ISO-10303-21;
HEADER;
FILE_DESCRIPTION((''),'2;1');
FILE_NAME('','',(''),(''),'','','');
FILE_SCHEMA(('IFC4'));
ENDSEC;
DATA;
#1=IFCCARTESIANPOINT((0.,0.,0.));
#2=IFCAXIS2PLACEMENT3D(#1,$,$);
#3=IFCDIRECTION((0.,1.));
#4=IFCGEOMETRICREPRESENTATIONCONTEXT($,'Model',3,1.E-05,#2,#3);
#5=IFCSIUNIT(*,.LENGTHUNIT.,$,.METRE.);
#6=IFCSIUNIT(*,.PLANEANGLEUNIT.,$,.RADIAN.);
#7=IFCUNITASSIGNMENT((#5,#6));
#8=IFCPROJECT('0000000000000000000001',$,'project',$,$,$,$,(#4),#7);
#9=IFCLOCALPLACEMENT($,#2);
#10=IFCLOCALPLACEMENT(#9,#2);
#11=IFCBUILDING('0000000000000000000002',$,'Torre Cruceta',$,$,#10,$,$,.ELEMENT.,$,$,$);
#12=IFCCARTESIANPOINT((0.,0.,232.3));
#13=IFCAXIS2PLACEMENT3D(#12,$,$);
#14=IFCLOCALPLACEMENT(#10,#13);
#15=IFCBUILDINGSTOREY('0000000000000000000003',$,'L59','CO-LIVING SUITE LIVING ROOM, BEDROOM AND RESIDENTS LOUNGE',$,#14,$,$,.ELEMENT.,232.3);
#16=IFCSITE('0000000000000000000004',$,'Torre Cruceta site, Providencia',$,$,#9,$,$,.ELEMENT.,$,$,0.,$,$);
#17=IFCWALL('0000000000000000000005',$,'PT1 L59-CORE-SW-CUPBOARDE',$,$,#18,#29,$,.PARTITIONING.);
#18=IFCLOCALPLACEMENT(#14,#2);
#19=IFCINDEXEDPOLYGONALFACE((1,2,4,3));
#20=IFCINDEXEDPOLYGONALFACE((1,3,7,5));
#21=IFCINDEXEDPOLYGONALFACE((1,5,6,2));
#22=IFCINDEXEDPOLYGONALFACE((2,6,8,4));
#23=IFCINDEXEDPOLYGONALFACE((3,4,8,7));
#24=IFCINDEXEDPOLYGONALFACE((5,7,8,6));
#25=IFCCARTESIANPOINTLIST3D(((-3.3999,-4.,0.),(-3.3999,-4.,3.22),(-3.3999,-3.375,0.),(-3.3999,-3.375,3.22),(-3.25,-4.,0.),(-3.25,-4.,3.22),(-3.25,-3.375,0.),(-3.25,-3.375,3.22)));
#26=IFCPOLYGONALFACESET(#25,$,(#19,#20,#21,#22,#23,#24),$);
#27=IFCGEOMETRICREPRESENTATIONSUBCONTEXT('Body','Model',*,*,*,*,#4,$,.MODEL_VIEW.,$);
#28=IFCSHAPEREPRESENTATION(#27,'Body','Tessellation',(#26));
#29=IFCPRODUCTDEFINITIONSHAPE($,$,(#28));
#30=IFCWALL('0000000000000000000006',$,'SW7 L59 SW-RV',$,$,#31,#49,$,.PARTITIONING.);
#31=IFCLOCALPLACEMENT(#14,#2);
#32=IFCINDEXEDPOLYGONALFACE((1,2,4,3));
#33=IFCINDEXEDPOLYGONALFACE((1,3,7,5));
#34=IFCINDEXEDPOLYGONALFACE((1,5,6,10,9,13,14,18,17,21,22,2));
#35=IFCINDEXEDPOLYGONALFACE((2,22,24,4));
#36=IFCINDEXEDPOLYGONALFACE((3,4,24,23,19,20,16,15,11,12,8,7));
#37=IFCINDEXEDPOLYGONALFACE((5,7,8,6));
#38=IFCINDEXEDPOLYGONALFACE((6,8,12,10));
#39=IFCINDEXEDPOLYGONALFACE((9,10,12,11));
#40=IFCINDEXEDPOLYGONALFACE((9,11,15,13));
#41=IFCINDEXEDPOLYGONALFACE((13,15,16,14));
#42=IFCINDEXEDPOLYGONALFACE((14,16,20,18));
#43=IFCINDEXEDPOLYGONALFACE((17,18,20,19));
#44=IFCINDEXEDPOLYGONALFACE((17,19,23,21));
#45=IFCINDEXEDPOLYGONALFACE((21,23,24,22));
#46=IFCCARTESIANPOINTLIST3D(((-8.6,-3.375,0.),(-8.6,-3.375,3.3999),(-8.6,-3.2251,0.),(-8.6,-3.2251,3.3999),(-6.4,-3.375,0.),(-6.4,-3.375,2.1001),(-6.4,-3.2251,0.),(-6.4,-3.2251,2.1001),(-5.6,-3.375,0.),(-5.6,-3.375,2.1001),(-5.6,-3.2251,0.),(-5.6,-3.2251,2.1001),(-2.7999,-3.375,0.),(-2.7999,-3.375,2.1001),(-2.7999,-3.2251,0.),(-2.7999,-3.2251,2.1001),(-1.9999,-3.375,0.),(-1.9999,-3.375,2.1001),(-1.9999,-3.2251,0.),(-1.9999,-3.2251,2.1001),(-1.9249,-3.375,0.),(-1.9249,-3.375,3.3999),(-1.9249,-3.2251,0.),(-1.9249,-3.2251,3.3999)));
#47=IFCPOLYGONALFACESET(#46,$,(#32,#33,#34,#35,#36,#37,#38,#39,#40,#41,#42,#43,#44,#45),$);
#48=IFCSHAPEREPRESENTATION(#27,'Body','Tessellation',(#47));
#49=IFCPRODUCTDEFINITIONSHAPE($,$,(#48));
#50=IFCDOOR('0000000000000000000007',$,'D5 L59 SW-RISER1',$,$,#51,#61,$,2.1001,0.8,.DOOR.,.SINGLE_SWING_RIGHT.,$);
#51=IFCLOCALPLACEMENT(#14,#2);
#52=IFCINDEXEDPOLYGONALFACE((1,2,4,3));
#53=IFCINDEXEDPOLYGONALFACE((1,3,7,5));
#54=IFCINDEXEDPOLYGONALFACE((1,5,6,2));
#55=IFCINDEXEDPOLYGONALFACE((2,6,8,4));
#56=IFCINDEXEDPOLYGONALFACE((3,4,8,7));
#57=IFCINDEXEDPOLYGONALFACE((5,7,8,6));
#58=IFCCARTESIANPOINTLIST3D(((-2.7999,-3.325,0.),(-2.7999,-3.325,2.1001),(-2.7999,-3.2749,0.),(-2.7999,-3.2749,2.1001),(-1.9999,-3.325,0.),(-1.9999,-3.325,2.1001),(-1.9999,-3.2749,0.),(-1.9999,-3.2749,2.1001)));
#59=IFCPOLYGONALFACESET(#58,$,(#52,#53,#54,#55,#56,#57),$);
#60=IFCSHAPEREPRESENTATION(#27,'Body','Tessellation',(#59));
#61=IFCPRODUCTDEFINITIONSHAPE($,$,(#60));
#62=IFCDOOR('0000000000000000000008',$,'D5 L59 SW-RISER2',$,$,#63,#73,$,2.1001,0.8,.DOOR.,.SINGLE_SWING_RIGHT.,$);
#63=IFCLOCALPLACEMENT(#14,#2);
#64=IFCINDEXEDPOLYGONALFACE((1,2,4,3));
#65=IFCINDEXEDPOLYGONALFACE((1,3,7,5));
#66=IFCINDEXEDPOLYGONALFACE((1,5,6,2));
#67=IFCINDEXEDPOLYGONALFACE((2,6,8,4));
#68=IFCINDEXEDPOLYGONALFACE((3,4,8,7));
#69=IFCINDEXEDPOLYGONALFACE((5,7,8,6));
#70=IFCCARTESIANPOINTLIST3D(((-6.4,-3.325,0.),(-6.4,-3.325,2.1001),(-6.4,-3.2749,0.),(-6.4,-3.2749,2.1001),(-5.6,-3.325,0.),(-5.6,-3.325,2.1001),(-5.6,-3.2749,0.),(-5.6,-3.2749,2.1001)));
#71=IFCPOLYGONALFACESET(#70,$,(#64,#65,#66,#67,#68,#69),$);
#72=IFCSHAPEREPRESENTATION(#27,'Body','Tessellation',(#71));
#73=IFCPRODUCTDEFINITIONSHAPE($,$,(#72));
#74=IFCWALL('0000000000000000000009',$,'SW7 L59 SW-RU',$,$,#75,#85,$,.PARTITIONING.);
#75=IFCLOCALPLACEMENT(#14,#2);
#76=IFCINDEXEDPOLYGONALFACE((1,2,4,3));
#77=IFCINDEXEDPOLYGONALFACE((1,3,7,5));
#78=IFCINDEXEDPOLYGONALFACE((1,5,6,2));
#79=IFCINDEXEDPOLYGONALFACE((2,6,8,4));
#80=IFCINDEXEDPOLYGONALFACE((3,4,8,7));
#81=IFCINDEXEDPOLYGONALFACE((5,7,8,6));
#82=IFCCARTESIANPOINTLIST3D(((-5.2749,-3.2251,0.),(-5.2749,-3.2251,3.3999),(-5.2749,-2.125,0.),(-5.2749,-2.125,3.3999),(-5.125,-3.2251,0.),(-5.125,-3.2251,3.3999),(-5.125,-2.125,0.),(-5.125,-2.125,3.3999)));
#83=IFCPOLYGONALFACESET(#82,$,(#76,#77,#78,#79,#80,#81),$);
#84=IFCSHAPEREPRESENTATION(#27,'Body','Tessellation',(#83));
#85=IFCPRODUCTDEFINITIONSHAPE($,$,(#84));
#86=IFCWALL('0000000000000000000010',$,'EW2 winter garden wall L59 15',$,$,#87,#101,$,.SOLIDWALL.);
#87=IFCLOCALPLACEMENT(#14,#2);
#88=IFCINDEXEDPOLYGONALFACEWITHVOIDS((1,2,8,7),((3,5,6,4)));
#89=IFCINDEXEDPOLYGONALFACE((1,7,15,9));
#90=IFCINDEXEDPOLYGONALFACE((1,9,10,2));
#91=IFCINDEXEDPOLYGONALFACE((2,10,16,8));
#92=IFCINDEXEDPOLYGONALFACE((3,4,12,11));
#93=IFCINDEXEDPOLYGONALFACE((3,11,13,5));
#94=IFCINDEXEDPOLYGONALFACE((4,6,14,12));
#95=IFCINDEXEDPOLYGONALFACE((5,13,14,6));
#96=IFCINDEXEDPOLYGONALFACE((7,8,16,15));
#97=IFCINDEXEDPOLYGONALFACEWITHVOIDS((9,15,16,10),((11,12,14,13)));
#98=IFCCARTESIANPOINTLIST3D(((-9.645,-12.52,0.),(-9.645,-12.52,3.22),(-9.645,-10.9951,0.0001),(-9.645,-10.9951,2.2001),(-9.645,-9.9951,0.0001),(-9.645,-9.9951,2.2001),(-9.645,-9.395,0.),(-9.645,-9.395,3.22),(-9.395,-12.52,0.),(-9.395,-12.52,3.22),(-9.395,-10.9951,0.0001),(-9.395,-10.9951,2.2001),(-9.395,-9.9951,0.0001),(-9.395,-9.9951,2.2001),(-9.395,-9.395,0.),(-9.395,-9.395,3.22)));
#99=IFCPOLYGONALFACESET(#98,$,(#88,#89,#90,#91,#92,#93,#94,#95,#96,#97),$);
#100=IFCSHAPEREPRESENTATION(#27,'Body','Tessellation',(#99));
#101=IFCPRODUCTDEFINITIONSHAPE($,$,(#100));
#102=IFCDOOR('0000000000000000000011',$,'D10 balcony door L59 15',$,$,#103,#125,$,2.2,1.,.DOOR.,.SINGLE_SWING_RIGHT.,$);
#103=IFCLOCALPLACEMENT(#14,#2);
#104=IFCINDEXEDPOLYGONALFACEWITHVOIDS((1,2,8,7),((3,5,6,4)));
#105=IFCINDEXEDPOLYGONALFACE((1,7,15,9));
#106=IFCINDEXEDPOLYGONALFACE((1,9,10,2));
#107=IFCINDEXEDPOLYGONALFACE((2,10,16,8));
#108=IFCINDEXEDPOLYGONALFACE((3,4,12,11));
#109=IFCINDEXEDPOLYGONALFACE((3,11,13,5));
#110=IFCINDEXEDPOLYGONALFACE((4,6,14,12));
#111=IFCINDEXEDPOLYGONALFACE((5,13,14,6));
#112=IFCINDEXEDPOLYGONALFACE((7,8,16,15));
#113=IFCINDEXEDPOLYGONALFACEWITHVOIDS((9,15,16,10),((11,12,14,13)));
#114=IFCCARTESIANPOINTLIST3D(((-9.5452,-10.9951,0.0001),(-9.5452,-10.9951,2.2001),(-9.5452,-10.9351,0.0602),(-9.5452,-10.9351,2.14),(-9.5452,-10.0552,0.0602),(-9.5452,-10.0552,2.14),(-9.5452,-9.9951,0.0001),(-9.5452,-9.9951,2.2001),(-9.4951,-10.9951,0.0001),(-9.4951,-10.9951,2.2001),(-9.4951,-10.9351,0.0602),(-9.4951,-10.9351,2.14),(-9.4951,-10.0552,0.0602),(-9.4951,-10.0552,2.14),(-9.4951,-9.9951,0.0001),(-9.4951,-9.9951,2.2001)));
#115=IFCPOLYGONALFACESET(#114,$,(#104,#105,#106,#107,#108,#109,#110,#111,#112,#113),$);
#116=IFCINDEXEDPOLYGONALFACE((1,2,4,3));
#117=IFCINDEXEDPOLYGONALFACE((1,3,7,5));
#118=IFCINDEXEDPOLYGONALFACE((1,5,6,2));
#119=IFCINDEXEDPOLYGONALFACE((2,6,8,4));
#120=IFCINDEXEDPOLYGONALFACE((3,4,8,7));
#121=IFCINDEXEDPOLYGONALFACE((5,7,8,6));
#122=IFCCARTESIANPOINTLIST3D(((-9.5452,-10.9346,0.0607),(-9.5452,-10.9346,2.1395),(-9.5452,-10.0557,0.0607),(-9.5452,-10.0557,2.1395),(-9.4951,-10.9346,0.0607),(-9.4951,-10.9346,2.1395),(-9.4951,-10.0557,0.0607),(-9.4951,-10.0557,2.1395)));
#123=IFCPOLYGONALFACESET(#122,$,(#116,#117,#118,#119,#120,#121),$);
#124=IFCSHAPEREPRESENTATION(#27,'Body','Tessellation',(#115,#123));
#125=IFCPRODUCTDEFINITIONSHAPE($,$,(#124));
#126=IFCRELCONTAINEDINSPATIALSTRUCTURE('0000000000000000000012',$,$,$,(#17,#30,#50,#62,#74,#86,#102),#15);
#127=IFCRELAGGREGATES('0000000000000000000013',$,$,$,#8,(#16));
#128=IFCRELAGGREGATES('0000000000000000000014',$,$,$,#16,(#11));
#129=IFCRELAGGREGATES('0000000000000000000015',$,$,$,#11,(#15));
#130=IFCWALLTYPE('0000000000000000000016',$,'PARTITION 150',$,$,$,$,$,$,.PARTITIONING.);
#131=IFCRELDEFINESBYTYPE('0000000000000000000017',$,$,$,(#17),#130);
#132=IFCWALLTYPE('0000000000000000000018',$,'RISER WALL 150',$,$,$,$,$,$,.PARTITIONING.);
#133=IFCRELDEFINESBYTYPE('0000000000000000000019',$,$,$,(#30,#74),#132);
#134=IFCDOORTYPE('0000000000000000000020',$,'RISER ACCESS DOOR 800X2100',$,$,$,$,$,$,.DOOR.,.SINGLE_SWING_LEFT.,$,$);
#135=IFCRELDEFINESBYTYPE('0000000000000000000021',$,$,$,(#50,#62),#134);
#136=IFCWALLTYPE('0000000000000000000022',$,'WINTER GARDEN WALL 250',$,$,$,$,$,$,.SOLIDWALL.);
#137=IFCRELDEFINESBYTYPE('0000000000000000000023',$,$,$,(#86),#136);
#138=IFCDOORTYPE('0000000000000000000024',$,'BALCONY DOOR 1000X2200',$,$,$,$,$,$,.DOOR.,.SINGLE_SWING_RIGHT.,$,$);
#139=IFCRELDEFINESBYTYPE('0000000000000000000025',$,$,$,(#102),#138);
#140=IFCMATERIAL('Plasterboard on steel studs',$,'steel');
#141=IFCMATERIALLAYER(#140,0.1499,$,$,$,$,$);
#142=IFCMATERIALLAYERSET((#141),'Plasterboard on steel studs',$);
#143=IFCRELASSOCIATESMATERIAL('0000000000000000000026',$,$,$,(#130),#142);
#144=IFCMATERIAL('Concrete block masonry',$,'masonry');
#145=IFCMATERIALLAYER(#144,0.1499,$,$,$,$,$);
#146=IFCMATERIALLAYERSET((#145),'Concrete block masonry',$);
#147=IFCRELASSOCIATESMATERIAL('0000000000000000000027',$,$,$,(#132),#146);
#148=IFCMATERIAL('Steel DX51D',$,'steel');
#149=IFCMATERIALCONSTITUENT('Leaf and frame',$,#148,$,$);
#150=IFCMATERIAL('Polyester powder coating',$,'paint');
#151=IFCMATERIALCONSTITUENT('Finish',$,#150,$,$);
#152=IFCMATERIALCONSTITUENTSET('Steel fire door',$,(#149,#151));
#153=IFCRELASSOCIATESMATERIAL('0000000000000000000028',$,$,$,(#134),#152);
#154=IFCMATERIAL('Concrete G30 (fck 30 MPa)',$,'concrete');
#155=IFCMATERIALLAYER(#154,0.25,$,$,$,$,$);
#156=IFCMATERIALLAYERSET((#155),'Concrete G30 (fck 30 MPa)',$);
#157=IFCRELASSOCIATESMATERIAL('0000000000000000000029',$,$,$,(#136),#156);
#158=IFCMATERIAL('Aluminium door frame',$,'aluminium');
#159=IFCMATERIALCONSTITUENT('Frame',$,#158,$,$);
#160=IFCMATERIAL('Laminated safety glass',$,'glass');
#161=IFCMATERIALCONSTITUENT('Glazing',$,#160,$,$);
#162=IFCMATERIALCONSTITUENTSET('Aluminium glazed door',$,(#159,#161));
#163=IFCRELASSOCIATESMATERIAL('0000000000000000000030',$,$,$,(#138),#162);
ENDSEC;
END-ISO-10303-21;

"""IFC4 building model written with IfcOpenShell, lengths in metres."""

from ifc_helpers import new_model, si_unit, direction, frame, frame_2d, origin, place, context, subcontext, project, spatial, rectangle, hollow_rectangle, extrude, material, layer, layer_set, constituent, constituent_set, type_object, element, fill, save


model = new_model("IFC4")

# Units and contexts
model_context = context("Model", 3, precision=1e-05, world=origin(), true_north=direction((0.0, 1.0)))
body_context = subcontext(model_context, "Body", "Model", "MODEL_VIEW")
ifc_project = project(units=[si_unit("LENGTHUNIT", "METRE"), si_unit("PLANEANGLEUNIT", "RADIAN")], contexts=[model_context])

# Site, building, storey
site_placement = place(None, origin())
site = spatial("IfcSite", under=ifc_project, at=site_placement, Name="Torre Cruceta site, Providencia", CompositionType="ELEMENT", RefElevation=0.0)
building_placement = place(site_placement, origin())
building = spatial("IfcBuilding", under=site, at=building_placement, Name="Torre Cruceta", CompositionType="ELEMENT")
storey_placement = place(building_placement, frame((0.0, 0.0, 232.3)))
storey = spatial("IfcBuildingStorey", under=building, at=storey_placement, Name="L59", Description="CO-LIVING SUITE LIVING ROOM, BEDROOM AND RESIDENTS LOUNGE", CompositionType="ELEMENT", Elevation=232.3)

# Shared definitions
ifc_material_1 = material(Name="Plasterboard on steel studs", Category="steel")
ifc_layer_1 = layer(ifc_material_1, 0.1499)
ifc_layer_set_1 = layer_set([ifc_layer_1], Name="Plasterboard on steel studs")
wall_type_1 = type_object("IfcWallType", Name="PARTITION 150", PredefinedType="PARTITIONING", material=ifc_layer_set_1)

# Wall
wall_1_placement = place(storey_placement, frame((-3.325, -3.375, 0.0), z_axis=(0.0, 0.0, 1.0), x_axis=(0.0, -1.0, 0.0)))
element("IfcWall", 1, at=wall_1_placement, inside=storey, type_object=wall_type_1, Name="PT1 L59-CORE-SW-CUPBOARDE", PredefinedType="PARTITIONING", context=body_context, shape_type="SweptSolid", body=[
    extrude(rectangle(XDim=0.625, YDim=0.1499, at=frame_2d((0.3125, 0.0))), origin(), (0.0, 0.0, 1.0), 3.22),
])

# Wall, openings, doors
ifc_material_2 = material(Name="Concrete block masonry", Category="masonry")
ifc_layer_2 = layer(ifc_material_2, 0.1499)
ifc_layer_set_2 = layer_set([ifc_layer_2], Name="Concrete block masonry")
wall_type_2 = type_object("IfcWallType", Name="RISER WALL 150", PredefinedType="PARTITIONING", material=ifc_layer_set_2)
wall_2_placement = place(storey_placement, frame((-1.925, -3.3, 0.0), z_axis=(0.0, 0.0, 1.0), x_axis=(-1.0, 0.0, 0.0)))
wall_2 = element("IfcWall", 2, at=wall_2_placement, inside=storey, type_object=wall_type_2, Name="SW7 L59 SW-RV", PredefinedType="PARTITIONING", context=body_context, shape_type="SweptSolid", body=[
    extrude(rectangle(XDim=6.675, YDim=0.1499, at=frame_2d((3.3374, 0.0))), origin(), (0.0, 0.0, 1.0), 3.3999),
])
opening_1_placement = place(wall_2_placement, frame((0.075, 0.0, 0.0)))
opening_1 = element("IfcOpeningElement", 3, at=opening_1_placement, cuts=wall_2, PredefinedType="OPENING", context=body_context, shape_type="SweptSolid", body=[
    extrude(rectangle(XDim=0.8, YDim=2.1001, at=frame_2d((0.3999, 1.05))), frame((0.0, 0.085, 0.0), z_axis=(0.0, -1.0, 0.0), x_axis=(1.0, 0.0, 0.0)), (0.0, 0.0, 1.0), 0.1699),
])
opening_2_placement = place(wall_2_placement, frame((3.675, 0.0, 0.0)))
opening_2 = element("IfcOpeningElement", 4, at=opening_2_placement, cuts=wall_2, PredefinedType="OPENING", context=body_context, shape_type="SweptSolid", body=[
    extrude(rectangle(XDim=0.8, YDim=2.1001, at=frame_2d((0.3999, 1.05))), frame((0.0, 0.085, 0.0), z_axis=(0.0, -1.0, 0.0), x_axis=(1.0, 0.0, 0.0)), (0.0, 0.0, 1.0), 0.1699),
])
ifc_material_3 = material(Name="Steel DX51D", Category="steel")
ifc_constituent_1 = constituent(ifc_material_3, Name="Leaf and frame")
ifc_material_4 = material(Name="Polyester powder coating", Category="paint")
ifc_constituent_2 = constituent(ifc_material_4, Name="Finish")
ifc_constituent_set_1 = constituent_set(constituents=[ifc_constituent_1, ifc_constituent_2], Name="Steel fire door")
door_type_1 = type_object("IfcDoorType", Name="RISER ACCESS DOOR 800X2100", OperationType="SINGLE_SWING_LEFT", PredefinedType="DOOR", material=ifc_constituent_set_1)
door_1_placement = place(opening_1_placement, frame((0.8, 0.0, 0.0), z_axis=(0.0, 0.0, 1.0), x_axis=(-1.0, 0.0, 0.0)))
door_1 = element("IfcDoor", 5, at=door_1_placement, inside=storey, type_object=door_type_1, Name="D5 L59 SW-RISER1", OperationType="SINGLE_SWING_RIGHT", OverallHeight=2.1001, OverallWidth=0.8, PredefinedType="DOOR", context=body_context, shape_type="SweptSolid", body=[
    extrude(rectangle(XDim=0.8, YDim=2.1001, at=frame_2d((0.4001, 1.05))), frame((0.0, 0.0251, 0.0), z_axis=(0.0, -1.0, 0.0), x_axis=(1.0, 0.0, 0.0)), (0.0, 0.0, 1.0), 0.05),
])
fill(opening_1, door_1)
door_2_placement = place(opening_2_placement, frame((0.8, 0.0, 0.0), z_axis=(0.0, 0.0, 1.0), x_axis=(-1.0, 0.0, 0.0)))
door_2 = element("IfcDoor", 6, at=door_2_placement, inside=storey, type_object=door_type_1, Name="D5 L59 SW-RISER2", OperationType="SINGLE_SWING_RIGHT", OverallHeight=2.1001, OverallWidth=0.8, PredefinedType="DOOR", context=body_context, shape_type="SweptSolid", body=[
    extrude(rectangle(XDim=0.8, YDim=2.1001, at=frame_2d((0.4001, 1.05))), frame((0.0, 0.0251, 0.0), z_axis=(0.0, -1.0, 0.0), x_axis=(1.0, 0.0, 0.0)), (0.0, 0.0, 1.0), 0.05),
])
fill(opening_2, door_2)

# Wall
wall_3_placement = place(storey_placement, frame((-5.2, -2.125, 0.0), z_axis=(0.0, 0.0, 1.0), x_axis=(0.0, -1.0, 0.0)))
element("IfcWall", 7, at=wall_3_placement, inside=storey, type_object=wall_type_2, Name="SW7 L59 SW-RU", PredefinedType="PARTITIONING", context=body_context, shape_type="SweptSolid", body=[
    extrude(rectangle(XDim=1.1001, YDim=0.1499, at=frame_2d((0.55, 0.0))), origin(), (0.0, 0.0, 1.0), 3.3999),
])

# Wall, opening, door
ifc_material_5 = material(Name="Concrete G30 (fck 30 MPa)", Category="concrete")
ifc_layer_3 = layer(ifc_material_5, 0.25)
ifc_layer_set_3 = layer_set([ifc_layer_3], Name="Concrete G30 (fck 30 MPa)")
wall_type_3 = type_object("IfcWallType", Name="WINTER GARDEN WALL 250", PredefinedType="SOLIDWALL", material=ifc_layer_set_3)
wall_4_placement = place(storey_placement, frame((-9.52, -9.395, 0.0), z_axis=(0.0, 0.0, 1.0), x_axis=(0.0, -1.0, 0.0)))
wall_4 = element("IfcWall", 8, at=wall_4_placement, inside=storey, type_object=wall_type_3, Name="EW2 winter garden wall L59 15", PredefinedType="SOLIDWALL", context=body_context, shape_type="SweptSolid", body=[
    extrude(rectangle(XDim=3.125, YDim=0.25, at=frame_2d((1.5625, 0.0))), origin(), (0.0, 0.0, 1.0), 3.22),
])
opening_3_placement = place(wall_4_placement, frame((0.6001, 0.0, 0.0)))
opening_3 = element("IfcOpeningElement", 9, at=opening_3_placement, cuts=wall_4, PredefinedType="OPENING", context=body_context, shape_type="SweptSolid", body=[
    extrude(rectangle(XDim=1.0, YDim=2.2, at=frame_2d((0.5, 1.1001))), frame((0.0, 0.135, 0.0), z_axis=(0.0, -1.0, 0.0), x_axis=(1.0, 0.0, 0.0)), (0.0, 0.0, 1.0), 0.27),
])
ifc_material_6 = material(Name="Aluminium door frame", Category="aluminium")
ifc_constituent_3 = constituent(ifc_material_6, Name="Frame")
ifc_material_7 = material(Name="Laminated safety glass", Category="glass")
ifc_constituent_4 = constituent(ifc_material_7, Name="Glazing")
ifc_constituent_set_2 = constituent_set(constituents=[ifc_constituent_3, ifc_constituent_4], Name="Aluminium glazed door")
door_type_2 = type_object("IfcDoorType", Name="BALCONY DOOR 1000X2200", OperationType="SINGLE_SWING_RIGHT", PredefinedType="DOOR", material=ifc_constituent_set_2)
door_3_placement = place(opening_3_placement, origin())
door_3 = element("IfcDoor", 10, at=door_3_placement, inside=storey, type_object=door_type_2, Name="D10 balcony door L59 15", OperationType="SINGLE_SWING_RIGHT", OverallHeight=2.2, OverallWidth=1.0, PredefinedType="DOOR", context=body_context, shape_type="SweptSolid", body=[
    extrude(hollow_rectangle(XDim=1.0, YDim=2.2, WallThickness=0.0601, at=frame_2d((0.5, 1.1001))), frame((0.0, 0.0249, 0.0), z_axis=(0.0, -1.0, 0.0), x_axis=(1.0, 0.0, 0.0)), (0.0, 0.0, 1.0), 0.05),
    extrude(rectangle(XDim=0.8789, YDim=2.0789, at=frame_2d((0.5, 1.1001))), frame((0.0, 0.0249, 0.0), z_axis=(0.0, -1.0, 0.0), x_axis=(1.0, 0.0, 0.0)), (0.0, 0.0, 1.0), 0.05),
])
fill(opening_3, door_3)

save(model, "model.ifc")
